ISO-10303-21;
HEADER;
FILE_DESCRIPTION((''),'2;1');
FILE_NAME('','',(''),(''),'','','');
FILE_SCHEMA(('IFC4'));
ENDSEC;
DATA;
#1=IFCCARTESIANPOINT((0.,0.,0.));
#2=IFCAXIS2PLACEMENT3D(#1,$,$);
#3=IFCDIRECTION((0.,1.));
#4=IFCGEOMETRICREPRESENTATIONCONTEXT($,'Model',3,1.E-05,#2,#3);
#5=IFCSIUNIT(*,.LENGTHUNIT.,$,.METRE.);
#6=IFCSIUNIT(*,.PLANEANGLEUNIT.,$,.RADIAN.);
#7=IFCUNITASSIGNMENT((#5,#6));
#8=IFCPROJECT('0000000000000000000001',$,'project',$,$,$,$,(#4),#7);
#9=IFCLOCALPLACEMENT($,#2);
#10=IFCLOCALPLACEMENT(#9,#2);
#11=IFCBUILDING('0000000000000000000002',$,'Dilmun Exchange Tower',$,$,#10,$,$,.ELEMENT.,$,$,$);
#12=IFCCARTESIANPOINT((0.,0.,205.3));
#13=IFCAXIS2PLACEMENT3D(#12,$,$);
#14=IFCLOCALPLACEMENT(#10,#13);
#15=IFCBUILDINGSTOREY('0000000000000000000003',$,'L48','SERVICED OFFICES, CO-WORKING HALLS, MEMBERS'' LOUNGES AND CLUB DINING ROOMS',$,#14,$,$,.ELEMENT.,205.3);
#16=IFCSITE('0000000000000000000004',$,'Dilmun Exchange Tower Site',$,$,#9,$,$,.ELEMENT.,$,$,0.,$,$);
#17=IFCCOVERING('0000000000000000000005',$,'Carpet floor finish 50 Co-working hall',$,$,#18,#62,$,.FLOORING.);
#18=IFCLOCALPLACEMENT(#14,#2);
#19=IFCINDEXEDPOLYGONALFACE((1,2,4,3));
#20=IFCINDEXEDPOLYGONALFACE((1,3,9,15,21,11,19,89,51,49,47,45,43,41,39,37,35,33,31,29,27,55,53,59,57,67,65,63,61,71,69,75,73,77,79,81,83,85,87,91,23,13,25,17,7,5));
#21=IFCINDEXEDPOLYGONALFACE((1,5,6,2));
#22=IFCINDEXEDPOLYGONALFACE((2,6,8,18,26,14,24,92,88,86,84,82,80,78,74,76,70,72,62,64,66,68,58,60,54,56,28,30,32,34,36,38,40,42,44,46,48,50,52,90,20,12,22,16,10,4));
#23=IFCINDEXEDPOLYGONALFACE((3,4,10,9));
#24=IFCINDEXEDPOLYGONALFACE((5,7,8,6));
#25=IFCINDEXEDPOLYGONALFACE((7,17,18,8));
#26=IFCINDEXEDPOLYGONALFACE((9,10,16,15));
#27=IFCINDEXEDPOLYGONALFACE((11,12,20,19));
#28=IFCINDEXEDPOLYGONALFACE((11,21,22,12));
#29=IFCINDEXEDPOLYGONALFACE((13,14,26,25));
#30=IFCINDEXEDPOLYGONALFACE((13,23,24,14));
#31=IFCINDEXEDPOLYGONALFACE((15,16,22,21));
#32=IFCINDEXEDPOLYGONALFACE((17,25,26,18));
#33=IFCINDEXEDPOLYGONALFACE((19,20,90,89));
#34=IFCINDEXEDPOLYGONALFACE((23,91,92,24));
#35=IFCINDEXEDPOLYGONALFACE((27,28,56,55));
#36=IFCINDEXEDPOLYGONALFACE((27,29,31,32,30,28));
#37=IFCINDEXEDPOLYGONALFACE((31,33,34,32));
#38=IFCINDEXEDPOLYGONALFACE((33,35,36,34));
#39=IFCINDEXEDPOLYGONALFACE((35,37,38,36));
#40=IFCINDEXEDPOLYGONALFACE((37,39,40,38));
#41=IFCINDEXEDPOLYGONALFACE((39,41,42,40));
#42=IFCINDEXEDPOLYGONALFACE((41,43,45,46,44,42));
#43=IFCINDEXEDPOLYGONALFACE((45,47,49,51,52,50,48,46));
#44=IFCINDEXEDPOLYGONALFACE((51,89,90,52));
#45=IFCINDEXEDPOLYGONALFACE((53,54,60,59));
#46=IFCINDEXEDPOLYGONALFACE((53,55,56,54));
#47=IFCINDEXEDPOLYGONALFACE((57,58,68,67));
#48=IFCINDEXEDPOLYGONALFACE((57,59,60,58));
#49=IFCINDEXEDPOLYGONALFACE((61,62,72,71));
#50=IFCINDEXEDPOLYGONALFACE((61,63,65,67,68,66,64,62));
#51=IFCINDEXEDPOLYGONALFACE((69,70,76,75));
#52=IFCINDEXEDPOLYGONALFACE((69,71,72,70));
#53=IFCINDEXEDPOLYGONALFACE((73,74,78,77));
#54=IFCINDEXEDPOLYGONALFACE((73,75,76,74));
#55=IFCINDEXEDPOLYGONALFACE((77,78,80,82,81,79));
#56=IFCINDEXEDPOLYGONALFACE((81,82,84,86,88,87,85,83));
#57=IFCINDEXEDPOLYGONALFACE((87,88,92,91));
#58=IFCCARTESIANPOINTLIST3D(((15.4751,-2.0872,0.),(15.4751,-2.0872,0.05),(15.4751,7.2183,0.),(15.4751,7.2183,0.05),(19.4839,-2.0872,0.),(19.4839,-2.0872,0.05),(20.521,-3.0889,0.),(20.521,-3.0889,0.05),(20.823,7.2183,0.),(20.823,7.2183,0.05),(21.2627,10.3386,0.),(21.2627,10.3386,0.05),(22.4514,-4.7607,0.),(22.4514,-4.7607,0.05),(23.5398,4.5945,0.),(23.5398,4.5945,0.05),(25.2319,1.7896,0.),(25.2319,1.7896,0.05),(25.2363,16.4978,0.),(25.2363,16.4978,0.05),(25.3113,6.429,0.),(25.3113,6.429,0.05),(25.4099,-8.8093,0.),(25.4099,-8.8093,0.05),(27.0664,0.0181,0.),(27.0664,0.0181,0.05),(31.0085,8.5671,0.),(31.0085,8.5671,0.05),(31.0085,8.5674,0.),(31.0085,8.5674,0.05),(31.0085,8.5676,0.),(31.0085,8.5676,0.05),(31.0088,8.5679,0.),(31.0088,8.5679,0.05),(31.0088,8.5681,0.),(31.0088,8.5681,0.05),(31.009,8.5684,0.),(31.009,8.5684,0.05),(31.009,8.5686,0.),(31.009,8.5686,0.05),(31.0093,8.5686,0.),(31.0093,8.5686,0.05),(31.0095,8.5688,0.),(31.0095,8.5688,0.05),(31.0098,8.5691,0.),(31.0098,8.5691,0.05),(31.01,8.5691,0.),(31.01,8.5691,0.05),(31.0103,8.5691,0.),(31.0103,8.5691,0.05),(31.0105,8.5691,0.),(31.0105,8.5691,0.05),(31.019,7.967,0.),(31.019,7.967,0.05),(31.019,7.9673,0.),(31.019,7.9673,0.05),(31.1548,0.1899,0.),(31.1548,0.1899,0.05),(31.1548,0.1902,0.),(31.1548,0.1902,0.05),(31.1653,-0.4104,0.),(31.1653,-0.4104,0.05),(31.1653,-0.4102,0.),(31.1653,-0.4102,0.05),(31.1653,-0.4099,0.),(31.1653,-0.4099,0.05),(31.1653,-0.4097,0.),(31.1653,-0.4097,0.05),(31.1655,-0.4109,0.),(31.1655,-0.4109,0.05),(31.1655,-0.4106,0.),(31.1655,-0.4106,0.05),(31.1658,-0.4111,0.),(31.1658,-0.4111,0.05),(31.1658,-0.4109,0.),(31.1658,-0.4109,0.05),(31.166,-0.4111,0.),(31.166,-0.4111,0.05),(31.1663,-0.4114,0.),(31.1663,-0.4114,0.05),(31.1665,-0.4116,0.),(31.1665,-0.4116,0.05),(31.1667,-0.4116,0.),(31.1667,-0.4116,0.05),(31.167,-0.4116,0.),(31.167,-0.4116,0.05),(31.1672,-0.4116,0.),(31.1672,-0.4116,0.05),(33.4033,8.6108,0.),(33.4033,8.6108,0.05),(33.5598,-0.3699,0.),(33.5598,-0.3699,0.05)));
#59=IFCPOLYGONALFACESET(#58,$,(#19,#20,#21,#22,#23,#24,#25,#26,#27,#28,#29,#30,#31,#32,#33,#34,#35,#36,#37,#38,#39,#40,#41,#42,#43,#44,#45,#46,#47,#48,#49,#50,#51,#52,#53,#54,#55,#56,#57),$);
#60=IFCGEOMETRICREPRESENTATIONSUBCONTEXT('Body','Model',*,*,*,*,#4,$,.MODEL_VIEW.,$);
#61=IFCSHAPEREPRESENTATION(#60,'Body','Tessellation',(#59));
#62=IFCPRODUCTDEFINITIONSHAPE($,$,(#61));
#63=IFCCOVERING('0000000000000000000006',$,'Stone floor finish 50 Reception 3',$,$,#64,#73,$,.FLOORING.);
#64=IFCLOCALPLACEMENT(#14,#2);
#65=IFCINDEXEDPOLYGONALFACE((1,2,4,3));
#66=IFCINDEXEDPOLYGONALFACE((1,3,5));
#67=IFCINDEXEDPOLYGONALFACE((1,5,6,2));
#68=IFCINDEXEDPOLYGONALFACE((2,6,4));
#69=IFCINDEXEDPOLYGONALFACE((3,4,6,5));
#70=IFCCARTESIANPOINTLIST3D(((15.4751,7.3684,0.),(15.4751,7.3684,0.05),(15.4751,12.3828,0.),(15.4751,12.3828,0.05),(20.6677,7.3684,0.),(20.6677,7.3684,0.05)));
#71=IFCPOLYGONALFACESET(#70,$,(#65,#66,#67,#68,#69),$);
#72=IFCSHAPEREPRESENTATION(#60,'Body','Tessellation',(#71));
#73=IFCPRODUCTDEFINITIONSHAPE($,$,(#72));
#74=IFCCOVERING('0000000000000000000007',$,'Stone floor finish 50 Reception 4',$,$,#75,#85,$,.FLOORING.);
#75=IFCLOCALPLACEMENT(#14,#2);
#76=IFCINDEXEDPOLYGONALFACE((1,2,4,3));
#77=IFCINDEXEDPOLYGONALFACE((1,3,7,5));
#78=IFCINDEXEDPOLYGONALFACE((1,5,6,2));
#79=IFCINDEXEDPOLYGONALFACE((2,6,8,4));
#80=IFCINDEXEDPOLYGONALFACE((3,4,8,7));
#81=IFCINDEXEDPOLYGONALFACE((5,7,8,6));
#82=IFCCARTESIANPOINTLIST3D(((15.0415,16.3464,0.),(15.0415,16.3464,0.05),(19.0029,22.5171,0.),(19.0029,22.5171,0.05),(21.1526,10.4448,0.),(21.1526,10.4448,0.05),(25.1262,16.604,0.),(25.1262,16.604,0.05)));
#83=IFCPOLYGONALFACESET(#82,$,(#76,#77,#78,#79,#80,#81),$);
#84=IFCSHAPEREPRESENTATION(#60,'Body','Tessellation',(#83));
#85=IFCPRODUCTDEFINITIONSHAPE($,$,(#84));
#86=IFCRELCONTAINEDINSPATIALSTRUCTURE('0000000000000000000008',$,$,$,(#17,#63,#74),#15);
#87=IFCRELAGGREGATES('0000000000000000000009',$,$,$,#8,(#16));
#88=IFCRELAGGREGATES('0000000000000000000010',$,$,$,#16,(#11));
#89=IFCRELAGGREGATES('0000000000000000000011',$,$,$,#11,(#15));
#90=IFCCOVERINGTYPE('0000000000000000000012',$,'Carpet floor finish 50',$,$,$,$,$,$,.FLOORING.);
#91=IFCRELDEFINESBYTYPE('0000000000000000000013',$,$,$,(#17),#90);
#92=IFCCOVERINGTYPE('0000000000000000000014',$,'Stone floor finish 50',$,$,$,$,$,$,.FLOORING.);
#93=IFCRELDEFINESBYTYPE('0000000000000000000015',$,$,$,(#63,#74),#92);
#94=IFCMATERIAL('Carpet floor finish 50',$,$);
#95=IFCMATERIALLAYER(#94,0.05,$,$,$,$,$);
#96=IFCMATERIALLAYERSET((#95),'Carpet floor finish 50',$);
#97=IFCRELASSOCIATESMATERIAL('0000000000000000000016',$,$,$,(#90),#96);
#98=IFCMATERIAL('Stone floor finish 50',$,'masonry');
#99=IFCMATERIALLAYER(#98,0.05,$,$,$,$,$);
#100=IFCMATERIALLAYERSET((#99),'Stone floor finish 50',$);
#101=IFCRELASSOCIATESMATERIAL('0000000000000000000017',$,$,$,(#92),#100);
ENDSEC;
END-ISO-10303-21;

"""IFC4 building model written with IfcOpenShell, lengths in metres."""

from ifc_helpers import new_model, si_unit, direction, frame, origin, place, context, subcontext, project, spatial, polyline, outline, extrude, material, layer, layer_set, type_object, element, save


model = new_model("IFC4")

# Units and contexts
model_context = context("Model", 3, precision=1e-05, world=origin(), true_north=direction((0.0, 1.0)))
body_context = subcontext(model_context, "Body", "Model", "MODEL_VIEW")
ifc_project = project(units=[si_unit("LENGTHUNIT", "METRE"), si_unit("PLANEANGLEUNIT", "RADIAN")], contexts=[model_context])

# Site, building, storey
site_placement = place(None, origin())
site = spatial("IfcSite", under=ifc_project, at=site_placement, Name="Dilmun Exchange Tower Site", CompositionType="ELEMENT", RefElevation=0.0)
building_placement = place(site_placement, origin())
building = spatial("IfcBuilding", under=site, at=building_placement, Name="Dilmun Exchange Tower", CompositionType="ELEMENT")
storey_placement = place(building_placement, frame((0.0, 0.0, 205.3)))
storey = spatial("IfcBuildingStorey", under=building, at=storey_placement, Name="L48", Description="SERVICED OFFICES, CO-WORKING HALLS, MEMBERS' LOUNGES AND CLUB DINING ROOMS", CompositionType="ELEMENT", Elevation=205.3)

# Coverings
ifc_material_1 = material(Name="Carpet floor finish 50")
ifc_layer_1 = layer(ifc_material_1, 0.05)
ifc_layer_set_1 = layer_set([ifc_layer_1], Name="Carpet floor finish 50")
covering_type_1 = type_object("IfcCoveringType", Name="Carpet floor finish 50", PredefinedType="FLOORING", material=ifc_layer_set_1)
covering_1_placement = place(storey_placement, origin())
element("IfcCovering", 1, at=covering_1_placement, inside=storey, type_object=covering_type_1, Name="Carpet floor finish 50 Co-working hall", PredefinedType="FLOORING", context=body_context, shape_type="SweptSolid", body=[
    extrude(outline(polyline([(23.5398, 4.5945), (25.3113, 6.429), (21.2627, 10.3386), (25.2363, 16.4978), (33.4033, 8.6108), (31.0105, 8.5691), (31.0103, 8.5691), (31.01, 8.5691), (31.01, 8.5691), (31.0098, 8.5691), (31.0095, 8.5688), (31.0095, 8.5688), (31.0093, 8.5686), (31.009, 8.5686), (31.009, 8.5684), (31.0088, 8.5681), (31.0088, 8.5681), (31.0088, 8.5679), (31.0085, 8.5676), (31.0085, 8.5674), (31.0085, 8.5674), (31.0085, 8.5671), (31.019, 7.9673), (31.019, 7.967), (31.019, 7.967), (31.1548, 0.1902), (31.1548, 0.1899), (31.1548, 0.1899), (31.1653, -0.4097), (31.1653, -0.4099), (31.1653, -0.4102), (31.1653, -0.4104), (31.1653, -0.4104), (31.1655, -0.4106), (31.1655, -0.4109), (31.1658, -0.4109), (31.1658, -0.4111), (31.166, -0.4111), (31.1663, -0.4114), (31.1663, -0.4114), (31.1665, -0.4116), (31.1667, -0.4116), (31.167, -0.4116), (31.167, -0.4116), (31.1672, -0.4116), (33.5598, -0.3699), (25.4099, -8.8093), (22.4514, -4.7607), (27.0664, 0.0181), (25.2319, 1.7896), (20.521, -3.0889), (19.4839, -2.0872), (15.4751, -2.0872), (15.4751, 7.2183), (20.823, 7.2183), (23.5398, 4.5945)])), origin(), (0.0, 0.0, 1.0), 0.05),
])
ifc_material_2 = material(Name="Stone floor finish 50", Category="masonry")
ifc_layer_2 = layer(ifc_material_2, 0.05)
ifc_layer_set_2 = layer_set([ifc_layer_2], Name="Stone floor finish 50")
covering_type_2 = type_object("IfcCoveringType", Name="Stone floor finish 50", PredefinedType="FLOORING", material=ifc_layer_set_2)
covering_2_placement = place(storey_placement, origin())
element("IfcCovering", 2, at=covering_2_placement, inside=storey, type_object=covering_type_2, Name="Stone floor finish 50 Reception 3", PredefinedType="FLOORING", context=body_context, shape_type="SweptSolid", body=[
    extrude(outline(polyline([(20.6677, 7.3684), (15.4751, 7.3684), (15.4751, 12.3828), (20.6677, 7.3684)])), origin(), (0.0, 0.0, 1.0), 0.05),
])
covering_3_placement = place(storey_placement, origin())
element("IfcCovering", 3, at=covering_3_placement, inside=storey, type_object=covering_type_2, Name="Stone floor finish 50 Reception 4", PredefinedType="FLOORING", context=body_context, shape_type="SweptSolid", body=[
    extrude(outline(polyline([(21.1526, 10.4448), (15.0415, 16.3464), (19.0029, 22.5171), (25.1262, 16.604), (21.1526, 10.4448)])), origin(), (0.0, 0.0, 1.0), 0.05),
])

save(model, "model.ifc")
